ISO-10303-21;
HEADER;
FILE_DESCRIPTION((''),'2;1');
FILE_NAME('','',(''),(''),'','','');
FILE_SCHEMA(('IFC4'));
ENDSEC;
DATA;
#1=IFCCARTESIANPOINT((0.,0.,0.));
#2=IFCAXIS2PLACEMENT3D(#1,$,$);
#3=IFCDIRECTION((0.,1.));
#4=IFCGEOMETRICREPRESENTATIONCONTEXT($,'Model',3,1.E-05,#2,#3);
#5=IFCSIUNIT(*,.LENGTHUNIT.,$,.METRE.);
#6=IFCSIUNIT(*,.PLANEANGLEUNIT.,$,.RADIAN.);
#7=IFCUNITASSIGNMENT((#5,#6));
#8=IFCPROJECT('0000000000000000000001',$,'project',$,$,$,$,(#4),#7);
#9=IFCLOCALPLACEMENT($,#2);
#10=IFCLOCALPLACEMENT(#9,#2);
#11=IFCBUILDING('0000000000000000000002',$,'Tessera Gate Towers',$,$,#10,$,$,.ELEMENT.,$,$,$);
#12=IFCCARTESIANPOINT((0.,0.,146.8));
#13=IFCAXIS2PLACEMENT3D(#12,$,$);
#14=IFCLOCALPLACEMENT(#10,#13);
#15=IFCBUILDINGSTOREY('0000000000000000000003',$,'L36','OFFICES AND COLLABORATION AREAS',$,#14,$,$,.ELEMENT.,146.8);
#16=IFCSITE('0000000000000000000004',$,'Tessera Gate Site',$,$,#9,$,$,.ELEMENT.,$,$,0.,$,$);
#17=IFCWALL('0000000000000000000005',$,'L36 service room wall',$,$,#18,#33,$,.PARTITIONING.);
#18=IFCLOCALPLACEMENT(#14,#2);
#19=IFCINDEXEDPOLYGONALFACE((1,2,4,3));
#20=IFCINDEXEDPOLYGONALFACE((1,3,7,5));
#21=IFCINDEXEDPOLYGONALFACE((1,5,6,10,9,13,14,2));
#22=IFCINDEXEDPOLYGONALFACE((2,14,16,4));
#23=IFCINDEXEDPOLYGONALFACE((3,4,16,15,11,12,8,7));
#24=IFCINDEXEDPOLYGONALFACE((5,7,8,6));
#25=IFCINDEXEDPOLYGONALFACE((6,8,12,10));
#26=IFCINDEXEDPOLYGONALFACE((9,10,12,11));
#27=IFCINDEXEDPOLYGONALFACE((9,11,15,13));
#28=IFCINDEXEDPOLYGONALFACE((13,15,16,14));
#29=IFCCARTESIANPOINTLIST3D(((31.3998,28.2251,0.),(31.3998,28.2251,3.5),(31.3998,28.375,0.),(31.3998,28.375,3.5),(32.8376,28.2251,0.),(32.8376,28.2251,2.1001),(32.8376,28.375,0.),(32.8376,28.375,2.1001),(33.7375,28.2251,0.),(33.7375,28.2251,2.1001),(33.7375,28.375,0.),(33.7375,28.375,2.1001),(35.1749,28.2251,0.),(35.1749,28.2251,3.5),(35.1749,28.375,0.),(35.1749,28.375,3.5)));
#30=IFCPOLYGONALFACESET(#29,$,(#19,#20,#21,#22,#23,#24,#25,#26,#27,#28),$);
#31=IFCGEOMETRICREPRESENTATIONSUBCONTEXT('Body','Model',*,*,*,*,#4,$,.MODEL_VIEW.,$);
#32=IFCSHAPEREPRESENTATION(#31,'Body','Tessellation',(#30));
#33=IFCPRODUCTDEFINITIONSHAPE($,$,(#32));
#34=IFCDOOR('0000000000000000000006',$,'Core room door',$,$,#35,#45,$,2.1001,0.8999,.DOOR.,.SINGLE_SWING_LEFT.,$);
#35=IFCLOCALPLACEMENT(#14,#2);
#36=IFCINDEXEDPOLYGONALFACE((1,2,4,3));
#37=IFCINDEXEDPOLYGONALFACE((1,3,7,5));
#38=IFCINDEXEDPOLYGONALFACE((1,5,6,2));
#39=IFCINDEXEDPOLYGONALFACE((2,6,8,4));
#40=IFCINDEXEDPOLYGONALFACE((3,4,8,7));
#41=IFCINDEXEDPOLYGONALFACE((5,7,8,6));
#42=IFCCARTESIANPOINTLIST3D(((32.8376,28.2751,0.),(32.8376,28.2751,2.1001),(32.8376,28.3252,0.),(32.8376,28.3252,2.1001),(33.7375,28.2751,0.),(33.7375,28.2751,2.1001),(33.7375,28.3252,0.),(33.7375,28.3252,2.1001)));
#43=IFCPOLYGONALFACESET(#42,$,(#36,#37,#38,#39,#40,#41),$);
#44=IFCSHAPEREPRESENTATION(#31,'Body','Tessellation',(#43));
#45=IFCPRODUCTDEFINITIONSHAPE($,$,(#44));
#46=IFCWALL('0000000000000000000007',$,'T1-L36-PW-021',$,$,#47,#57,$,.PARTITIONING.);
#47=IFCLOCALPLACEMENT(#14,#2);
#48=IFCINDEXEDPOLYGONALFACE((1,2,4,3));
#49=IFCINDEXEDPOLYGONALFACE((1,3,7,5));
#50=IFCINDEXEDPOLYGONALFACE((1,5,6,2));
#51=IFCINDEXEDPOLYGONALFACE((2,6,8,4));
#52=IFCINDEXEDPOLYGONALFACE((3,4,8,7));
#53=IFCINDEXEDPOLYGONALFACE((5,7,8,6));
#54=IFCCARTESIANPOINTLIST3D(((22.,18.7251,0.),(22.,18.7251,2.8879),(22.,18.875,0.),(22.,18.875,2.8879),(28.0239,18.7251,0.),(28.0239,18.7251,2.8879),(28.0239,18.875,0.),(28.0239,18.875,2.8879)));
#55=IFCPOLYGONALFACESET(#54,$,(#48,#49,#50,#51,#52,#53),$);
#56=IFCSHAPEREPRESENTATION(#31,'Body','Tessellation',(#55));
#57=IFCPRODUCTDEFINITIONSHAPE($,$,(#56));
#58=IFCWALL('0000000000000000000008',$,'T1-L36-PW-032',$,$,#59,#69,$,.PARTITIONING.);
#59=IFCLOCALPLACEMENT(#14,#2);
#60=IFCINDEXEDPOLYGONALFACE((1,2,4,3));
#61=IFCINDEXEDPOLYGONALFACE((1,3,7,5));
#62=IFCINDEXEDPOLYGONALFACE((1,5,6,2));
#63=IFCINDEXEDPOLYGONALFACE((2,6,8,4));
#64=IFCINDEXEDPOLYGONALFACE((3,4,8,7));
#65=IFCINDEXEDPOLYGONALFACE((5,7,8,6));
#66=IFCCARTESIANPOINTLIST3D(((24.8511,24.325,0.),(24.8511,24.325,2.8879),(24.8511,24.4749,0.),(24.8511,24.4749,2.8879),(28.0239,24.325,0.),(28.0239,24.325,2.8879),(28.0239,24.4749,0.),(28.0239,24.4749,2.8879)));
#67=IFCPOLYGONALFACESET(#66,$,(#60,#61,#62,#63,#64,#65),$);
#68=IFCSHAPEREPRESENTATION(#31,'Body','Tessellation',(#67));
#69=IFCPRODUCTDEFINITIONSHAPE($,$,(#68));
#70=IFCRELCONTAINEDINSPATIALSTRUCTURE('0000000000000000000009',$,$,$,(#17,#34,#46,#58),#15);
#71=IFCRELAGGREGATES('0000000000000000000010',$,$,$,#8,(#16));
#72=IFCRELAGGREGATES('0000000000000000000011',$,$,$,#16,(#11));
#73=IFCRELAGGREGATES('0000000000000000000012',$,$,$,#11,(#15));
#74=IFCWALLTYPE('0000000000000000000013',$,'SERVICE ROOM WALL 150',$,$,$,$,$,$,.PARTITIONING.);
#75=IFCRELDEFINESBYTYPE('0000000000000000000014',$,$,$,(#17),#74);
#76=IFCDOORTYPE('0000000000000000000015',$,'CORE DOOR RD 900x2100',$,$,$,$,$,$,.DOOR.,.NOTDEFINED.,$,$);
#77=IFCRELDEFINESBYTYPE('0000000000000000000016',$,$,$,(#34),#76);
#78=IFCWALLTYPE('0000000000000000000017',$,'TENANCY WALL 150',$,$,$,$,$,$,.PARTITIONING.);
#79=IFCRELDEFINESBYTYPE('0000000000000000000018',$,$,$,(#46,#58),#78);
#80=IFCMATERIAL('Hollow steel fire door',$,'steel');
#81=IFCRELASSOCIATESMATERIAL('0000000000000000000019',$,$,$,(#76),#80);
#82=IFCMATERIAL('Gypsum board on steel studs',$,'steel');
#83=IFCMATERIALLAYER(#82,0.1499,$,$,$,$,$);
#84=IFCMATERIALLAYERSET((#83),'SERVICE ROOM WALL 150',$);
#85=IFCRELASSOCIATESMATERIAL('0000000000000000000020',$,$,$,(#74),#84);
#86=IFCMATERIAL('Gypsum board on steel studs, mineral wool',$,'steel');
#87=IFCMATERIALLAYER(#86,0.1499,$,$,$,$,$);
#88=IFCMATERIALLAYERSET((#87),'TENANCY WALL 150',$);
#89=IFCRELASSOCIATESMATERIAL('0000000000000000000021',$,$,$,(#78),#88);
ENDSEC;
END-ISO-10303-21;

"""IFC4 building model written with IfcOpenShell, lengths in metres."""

from ifc_helpers import new_model, si_unit, direction, frame, frame_2d, origin, place, context, subcontext, project, spatial, rectangle, extrude, source, transform, mapped, material, layer, layer_set, type_object, element, fill, save


model = new_model("IFC4")

# Units and contexts
model_context = context("Model", 3, precision=1e-05, world=origin(), true_north=direction((0.0, 1.0)))
body_context = subcontext(model_context, "Body", "Model", "MODEL_VIEW")
ifc_project = project(units=[si_unit("LENGTHUNIT", "METRE"), si_unit("PLANEANGLEUNIT", "RADIAN")], contexts=[model_context])

# Site, building, storey
site_placement = place(None, origin())
site = spatial("IfcSite", under=ifc_project, at=site_placement, Name="Tessera Gate Site", CompositionType="ELEMENT", RefElevation=0.0)
building_placement = place(site_placement, origin())
building = spatial("IfcBuilding", under=site, at=building_placement, Name="Tessera Gate Towers", CompositionType="ELEMENT")
storey_placement = place(building_placement, frame((0.0, 0.0, 146.8)))
storey = spatial("IfcBuildingStorey", under=building, at=storey_placement, Name="L36", Description="OFFICES AND COLLABORATION AREAS", CompositionType="ELEMENT", Elevation=146.8)

# Shared definitions
ifc_material_1 = material(Name="Hollow steel fire door", Category="steel")
door_type_1 = type_object("IfcDoorType", Name="CORE DOOR RD 900x2100", OperationType="NOTDEFINED", PredefinedType="DOOR", material=ifc_material_1)
shared_shape_1 = source(origin(), body_context, "Body", "SweptSolid", [
    extrude(rectangle(XDim=0.8999, YDim=2.1001, at=frame_2d((0.45, 1.05))), frame((0.0, 0.0249, 0.0), z_axis=(0.0, -1.0, 0.0), x_axis=(1.0, 0.0, 0.0)), (0.0, 0.0, 1.0), 0.05),
])

# Shared definitions
shared_shape_2 = source(origin(), body_context, "Body", "SweptSolid", [
    extrude(rectangle(XDim=0.8999, YDim=2.1001, at=frame_2d((0.45, 1.05))), frame((0.0, 0.085, 0.0), z_axis=(0.0, -1.0, 0.0), x_axis=(1.0, 0.0, 0.0)), (0.0, 0.0, 1.0), 0.1699),
])

# Wall, opening, door
ifc_material_2 = material(Name="Gypsum board on steel studs", Category="steel")
ifc_layer_1 = layer(ifc_material_2, 0.1499)
ifc_layer_set_1 = layer_set([ifc_layer_1], Name="SERVICE ROOM WALL 150")
wall_type_1 = type_object("IfcWallType", Name="SERVICE ROOM WALL 150", PredefinedType="PARTITIONING", material=ifc_layer_set_1)
wall_1_placement = place(storey_placement, frame((35.175, 28.3, 0.0), z_axis=(0.0, 0.0, 1.0), x_axis=(-1.0, 0.0, 0.0)))
wall_1 = element("IfcWall", 1, at=wall_1_placement, inside=storey, type_object=wall_type_1, Name="L36 service room wall", PredefinedType="PARTITIONING", context=body_context, shape_type="SweptSolid", body=[
    extrude(rectangle(XDim=3.7751, YDim=0.1499, at=frame_2d((1.8877, 0.0))), origin(), (0.0, 0.0, 1.0), 3.5),
])
opening_1_placement = place(wall_1_placement, frame((1.4375, 0.0, 0.0)))
opening_1 = element("IfcOpeningElement", 2, at=opening_1_placement, cuts=wall_1, PredefinedType="OPENING", context=body_context, shape_type="MappedRepresentation", body=[
    mapped(shared_shape_2, transform((0.0, 0.0, 0.0), scale=1.0)),
])
door_1_placement = place(opening_1_placement, origin())
door_1 = element("IfcDoor", 3, at=door_1_placement, inside=storey, type_object=door_type_1, Name="Core room door", OperationType="SINGLE_SWING_LEFT", OverallHeight=2.1001, OverallWidth=0.8999, PredefinedType="DOOR", context=body_context, shape_type="MappedRepresentation", body=[
    mapped(shared_shape_1, transform((0.0, 0.0, 0.0), scale=1.0)),
])
fill(opening_1, door_1)

# Walls
ifc_material_3 = material(Name="Gypsum board on steel studs, mineral wool", Category="steel")
ifc_layer_2 = layer(ifc_material_3, 0.1499)
ifc_layer_set_2 = layer_set([ifc_layer_2], Name="TENANCY WALL 150")
wall_type_2 = type_object("IfcWallType", Name="TENANCY WALL 150", PredefinedType="PARTITIONING", material=ifc_layer_set_2)
wall_2_placement = place(storey_placement, frame((22.0, 18.8, 0.0), z_axis=(0.0, 0.0, 1.0), x_axis=(1.0, 0.0, 0.0)))
element("IfcWall", 4, at=wall_2_placement, inside=storey, type_object=wall_type_2, Name="T1-L36-PW-021", PredefinedType="PARTITIONING", context=body_context, shape_type="SweptSolid", body=[
    extrude(rectangle(XDim=6.0239, YDim=0.1499, at=frame_2d((3.012, 0.0))), origin(), (0.0, 0.0, 1.0), 2.8879),
])
wall_3_placement = place(storey_placement, frame((24.8511, 24.3999, 0.0), z_axis=(0.0, 0.0, 1.0), x_axis=(1.0, 0.0, 0.0)))
element("IfcWall", 5, at=wall_3_placement, inside=storey, type_object=wall_type_2, Name="T1-L36-PW-032", PredefinedType="PARTITIONING", context=body_context, shape_type="SweptSolid", body=[
    extrude(rectangle(XDim=3.1729, YDim=0.1499, at=frame_2d((1.5864, 0.0))), origin(), (0.0, 0.0, 1.0), 2.8879),
])

save(model, "model.ifc")
